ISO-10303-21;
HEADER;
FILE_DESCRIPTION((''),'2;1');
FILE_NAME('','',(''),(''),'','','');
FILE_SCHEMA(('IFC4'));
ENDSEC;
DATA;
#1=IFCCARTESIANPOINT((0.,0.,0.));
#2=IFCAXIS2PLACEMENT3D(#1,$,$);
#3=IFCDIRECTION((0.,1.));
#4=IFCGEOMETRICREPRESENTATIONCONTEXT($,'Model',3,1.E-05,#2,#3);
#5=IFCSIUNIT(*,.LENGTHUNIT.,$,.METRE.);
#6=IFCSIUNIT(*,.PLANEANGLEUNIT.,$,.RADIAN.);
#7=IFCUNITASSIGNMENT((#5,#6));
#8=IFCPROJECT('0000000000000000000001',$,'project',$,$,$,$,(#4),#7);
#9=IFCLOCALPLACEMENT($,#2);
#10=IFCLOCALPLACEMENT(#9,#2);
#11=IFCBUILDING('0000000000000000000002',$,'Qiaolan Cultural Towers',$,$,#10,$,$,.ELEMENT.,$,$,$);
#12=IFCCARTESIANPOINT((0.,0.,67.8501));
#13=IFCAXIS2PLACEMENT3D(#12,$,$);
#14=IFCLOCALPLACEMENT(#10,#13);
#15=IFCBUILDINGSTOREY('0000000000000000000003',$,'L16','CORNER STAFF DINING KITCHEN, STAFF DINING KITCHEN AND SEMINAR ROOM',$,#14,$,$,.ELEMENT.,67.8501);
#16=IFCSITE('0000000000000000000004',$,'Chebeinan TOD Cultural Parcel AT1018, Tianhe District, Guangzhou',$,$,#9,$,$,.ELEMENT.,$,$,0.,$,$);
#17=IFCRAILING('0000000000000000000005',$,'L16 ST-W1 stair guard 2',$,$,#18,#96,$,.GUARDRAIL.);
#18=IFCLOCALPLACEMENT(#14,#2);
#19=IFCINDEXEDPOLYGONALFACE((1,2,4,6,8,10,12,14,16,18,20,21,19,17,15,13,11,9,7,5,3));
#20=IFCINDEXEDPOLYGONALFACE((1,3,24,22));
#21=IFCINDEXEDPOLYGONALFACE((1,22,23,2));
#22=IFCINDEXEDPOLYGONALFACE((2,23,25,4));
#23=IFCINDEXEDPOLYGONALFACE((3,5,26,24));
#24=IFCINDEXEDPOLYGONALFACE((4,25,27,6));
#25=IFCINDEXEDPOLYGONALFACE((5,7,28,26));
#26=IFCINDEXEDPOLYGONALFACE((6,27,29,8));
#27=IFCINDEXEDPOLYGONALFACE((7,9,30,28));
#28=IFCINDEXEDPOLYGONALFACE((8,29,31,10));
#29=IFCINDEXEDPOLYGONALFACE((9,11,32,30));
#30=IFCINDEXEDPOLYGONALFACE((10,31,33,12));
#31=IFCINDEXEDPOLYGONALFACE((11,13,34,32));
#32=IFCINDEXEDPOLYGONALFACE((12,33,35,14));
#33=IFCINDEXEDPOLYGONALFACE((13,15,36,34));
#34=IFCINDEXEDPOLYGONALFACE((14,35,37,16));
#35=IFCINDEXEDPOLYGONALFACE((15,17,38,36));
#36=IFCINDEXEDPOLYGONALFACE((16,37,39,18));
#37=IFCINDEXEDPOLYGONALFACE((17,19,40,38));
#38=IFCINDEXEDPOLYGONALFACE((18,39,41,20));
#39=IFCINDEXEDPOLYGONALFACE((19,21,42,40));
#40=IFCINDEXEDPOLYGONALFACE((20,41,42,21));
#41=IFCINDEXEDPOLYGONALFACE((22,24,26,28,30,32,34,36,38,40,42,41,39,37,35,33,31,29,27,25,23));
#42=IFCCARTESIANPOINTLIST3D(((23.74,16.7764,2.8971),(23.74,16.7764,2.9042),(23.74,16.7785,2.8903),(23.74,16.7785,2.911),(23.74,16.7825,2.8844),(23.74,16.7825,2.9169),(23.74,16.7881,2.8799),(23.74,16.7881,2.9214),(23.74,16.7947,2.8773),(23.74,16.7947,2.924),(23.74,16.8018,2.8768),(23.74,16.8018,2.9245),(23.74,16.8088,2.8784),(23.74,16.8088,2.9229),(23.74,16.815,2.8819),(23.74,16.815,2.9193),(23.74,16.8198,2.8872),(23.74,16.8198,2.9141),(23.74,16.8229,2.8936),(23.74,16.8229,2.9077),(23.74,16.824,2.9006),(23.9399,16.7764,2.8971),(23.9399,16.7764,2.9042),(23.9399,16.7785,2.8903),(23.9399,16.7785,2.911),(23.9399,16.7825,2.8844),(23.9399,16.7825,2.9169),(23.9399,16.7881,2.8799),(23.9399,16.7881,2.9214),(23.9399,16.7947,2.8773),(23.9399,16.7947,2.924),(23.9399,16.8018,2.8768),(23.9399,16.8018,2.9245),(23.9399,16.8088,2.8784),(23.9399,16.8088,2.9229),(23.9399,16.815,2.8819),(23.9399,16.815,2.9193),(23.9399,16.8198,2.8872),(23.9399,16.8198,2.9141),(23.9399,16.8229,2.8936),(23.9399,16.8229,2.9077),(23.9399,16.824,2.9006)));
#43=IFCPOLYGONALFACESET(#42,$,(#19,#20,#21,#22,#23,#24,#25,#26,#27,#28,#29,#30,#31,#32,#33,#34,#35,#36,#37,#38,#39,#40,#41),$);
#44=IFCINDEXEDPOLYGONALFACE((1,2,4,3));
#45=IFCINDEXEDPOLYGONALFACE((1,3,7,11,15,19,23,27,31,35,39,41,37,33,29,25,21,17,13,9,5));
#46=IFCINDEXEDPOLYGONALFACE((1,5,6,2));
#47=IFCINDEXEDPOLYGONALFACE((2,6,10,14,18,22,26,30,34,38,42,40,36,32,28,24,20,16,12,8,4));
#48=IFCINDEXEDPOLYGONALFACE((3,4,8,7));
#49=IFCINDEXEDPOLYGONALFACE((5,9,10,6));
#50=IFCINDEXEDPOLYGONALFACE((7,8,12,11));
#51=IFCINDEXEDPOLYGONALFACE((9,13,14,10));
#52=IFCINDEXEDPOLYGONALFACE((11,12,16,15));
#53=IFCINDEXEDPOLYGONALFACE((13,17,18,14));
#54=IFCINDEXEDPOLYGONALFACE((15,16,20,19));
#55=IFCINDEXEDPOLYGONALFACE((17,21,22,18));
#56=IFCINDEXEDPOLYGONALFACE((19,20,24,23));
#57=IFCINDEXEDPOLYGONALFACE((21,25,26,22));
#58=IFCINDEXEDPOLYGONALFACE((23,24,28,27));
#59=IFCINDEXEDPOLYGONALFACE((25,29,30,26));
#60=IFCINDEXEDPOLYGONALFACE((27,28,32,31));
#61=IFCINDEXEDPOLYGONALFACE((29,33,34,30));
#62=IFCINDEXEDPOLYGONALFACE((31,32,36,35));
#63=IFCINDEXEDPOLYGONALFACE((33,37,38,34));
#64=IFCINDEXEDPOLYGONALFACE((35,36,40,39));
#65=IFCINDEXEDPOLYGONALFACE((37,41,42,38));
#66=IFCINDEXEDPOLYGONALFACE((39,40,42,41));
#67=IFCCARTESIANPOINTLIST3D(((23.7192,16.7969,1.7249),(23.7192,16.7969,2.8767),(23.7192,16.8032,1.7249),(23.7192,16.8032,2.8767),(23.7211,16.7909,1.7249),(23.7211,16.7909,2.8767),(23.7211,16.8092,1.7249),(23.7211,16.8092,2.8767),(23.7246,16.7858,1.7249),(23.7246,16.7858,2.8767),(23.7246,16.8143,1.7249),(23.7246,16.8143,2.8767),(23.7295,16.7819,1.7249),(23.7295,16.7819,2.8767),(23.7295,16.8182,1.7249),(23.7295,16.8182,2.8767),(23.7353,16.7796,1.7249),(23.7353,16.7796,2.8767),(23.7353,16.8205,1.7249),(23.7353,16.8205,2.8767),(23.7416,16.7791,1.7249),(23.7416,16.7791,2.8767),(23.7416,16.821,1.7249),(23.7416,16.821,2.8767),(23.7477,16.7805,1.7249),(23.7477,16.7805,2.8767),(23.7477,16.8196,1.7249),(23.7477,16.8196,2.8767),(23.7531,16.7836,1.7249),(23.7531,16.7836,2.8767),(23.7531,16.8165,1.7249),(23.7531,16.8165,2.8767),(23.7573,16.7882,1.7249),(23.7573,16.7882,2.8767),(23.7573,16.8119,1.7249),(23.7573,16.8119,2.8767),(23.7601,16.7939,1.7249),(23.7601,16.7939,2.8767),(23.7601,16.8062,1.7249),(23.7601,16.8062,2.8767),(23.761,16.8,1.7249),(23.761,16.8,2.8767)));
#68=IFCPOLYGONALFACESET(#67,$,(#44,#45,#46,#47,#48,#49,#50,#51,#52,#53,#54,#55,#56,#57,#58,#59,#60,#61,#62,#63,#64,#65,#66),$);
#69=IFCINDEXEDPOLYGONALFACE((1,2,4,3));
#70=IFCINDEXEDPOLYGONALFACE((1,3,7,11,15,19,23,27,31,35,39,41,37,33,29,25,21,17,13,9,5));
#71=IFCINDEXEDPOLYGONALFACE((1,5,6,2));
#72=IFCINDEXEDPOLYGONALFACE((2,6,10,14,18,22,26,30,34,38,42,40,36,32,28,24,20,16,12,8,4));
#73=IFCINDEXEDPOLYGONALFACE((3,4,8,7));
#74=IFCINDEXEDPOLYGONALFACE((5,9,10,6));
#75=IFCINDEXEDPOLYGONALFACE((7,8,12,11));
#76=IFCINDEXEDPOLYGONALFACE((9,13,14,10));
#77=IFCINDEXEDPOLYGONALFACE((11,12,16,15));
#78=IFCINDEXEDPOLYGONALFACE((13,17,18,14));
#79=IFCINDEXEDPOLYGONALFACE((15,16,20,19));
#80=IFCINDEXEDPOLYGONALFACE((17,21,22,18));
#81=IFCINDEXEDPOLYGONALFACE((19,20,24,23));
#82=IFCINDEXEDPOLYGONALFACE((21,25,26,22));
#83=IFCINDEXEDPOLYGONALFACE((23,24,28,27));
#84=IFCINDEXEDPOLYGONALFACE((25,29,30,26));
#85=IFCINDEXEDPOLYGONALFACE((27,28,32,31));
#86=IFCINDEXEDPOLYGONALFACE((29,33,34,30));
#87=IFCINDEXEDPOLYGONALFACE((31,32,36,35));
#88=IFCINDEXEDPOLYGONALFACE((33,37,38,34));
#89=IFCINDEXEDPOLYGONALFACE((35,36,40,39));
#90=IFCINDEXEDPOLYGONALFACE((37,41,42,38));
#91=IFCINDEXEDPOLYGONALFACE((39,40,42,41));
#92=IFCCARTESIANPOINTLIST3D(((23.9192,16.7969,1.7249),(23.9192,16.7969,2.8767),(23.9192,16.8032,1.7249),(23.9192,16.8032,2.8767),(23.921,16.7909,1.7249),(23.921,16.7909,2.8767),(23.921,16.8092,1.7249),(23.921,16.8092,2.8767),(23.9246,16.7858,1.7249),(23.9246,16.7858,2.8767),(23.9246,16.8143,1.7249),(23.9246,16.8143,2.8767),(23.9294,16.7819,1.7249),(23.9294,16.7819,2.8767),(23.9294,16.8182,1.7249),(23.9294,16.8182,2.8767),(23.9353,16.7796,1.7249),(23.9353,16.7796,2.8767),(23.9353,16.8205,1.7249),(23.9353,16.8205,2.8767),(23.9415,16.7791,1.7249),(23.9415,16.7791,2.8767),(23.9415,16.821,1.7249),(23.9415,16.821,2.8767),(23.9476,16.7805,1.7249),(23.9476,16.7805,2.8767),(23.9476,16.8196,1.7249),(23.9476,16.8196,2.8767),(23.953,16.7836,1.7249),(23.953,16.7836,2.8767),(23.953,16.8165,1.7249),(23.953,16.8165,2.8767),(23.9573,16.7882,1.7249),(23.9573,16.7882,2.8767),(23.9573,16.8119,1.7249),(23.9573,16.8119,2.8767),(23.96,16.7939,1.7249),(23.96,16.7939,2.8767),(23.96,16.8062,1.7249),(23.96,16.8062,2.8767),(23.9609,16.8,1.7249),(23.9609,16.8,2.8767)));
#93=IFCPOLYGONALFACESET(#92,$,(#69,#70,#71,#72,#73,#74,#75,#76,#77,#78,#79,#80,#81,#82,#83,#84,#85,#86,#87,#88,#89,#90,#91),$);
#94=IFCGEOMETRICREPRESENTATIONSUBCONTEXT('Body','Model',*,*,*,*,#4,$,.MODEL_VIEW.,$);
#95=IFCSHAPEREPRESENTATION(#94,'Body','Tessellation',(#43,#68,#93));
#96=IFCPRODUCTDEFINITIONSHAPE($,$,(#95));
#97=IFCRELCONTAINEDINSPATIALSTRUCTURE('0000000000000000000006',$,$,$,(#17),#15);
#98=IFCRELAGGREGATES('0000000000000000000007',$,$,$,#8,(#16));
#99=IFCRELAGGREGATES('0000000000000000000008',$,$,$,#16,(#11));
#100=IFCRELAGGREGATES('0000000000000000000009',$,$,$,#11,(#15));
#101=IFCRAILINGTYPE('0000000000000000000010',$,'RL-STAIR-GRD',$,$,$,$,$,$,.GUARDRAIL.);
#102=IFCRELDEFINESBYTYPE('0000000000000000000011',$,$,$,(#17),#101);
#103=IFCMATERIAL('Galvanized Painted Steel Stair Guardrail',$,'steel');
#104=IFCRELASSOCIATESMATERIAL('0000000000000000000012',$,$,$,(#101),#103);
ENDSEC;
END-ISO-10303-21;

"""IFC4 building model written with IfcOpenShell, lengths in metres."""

from ifc_helpers import new_model, si_unit, direction, frame, origin, origin_2d, place, context, subcontext, project, spatial, circle, extrude, material, type_object, element, save


model = new_model("IFC4")

# Units and contexts
model_context = context("Model", 3, precision=1e-05, world=origin(), true_north=direction((0.0, 1.0)))
body_context = subcontext(model_context, "Body", "Model", "MODEL_VIEW")
ifc_project = project(units=[si_unit("LENGTHUNIT", "METRE"), si_unit("PLANEANGLEUNIT", "RADIAN")], contexts=[model_context])

# Site, building, storey
site_placement = place(None, origin())
site = spatial("IfcSite", under=ifc_project, at=site_placement, Name="Chebeinan TOD Cultural Parcel AT1018, Tianhe District, Guangzhou", CompositionType="ELEMENT", RefElevation=0.0)
building_placement = place(site_placement, origin())
building = spatial("IfcBuilding", under=site, at=building_placement, Name="Qiaolan Cultural Towers", CompositionType="ELEMENT")
storey_placement = place(building_placement, frame((0.0, 0.0, 67.8501)))
storey = spatial("IfcBuildingStorey", under=building, at=storey_placement, Name="L16", Description="CORNER STAFF DINING KITCHEN, STAFF DINING KITCHEN AND SEMINAR ROOM", CompositionType="ELEMENT", Elevation=67.8501)

# Railing
ifc_material_1 = material(Name="Galvanized Painted Steel Stair Guardrail", Category="steel")
railing_type_1 = type_object("IfcRailingType", Name="RL-STAIR-GRD", PredefinedType="GUARDRAIL", material=ifc_material_1)
railing_1_placement = place(storey_placement, frame((23.74, 16.8, 1.7249)))
element("IfcRailing", 1, at=railing_1_placement, inside=storey, type_object=railing_type_1, Name="L16 ST-W1 stair guard 2", PredefinedType="GUARDRAIL", context=body_context, shape_type="SweptSolid", body=[
    extrude(circle(Radius=0.0239, at=origin_2d()), frame((0.0, 0.0, 1.1758), z_axis=(1.0, 0.0, 0.0), x_axis=(0.0, 1.0, 0.0)), (0.0, 0.0, 1.0), 0.2),
    extrude(circle(Radius=0.021, at=origin_2d()), origin(), (0.0, 0.0, 1.0), 1.1519),
    extrude(circle(Radius=0.021, at=origin_2d()), frame((0.2, 0.0, 0.0)), (0.0, 0.0, 1.0), 1.1519),
])

save(model, "model.ifc")
